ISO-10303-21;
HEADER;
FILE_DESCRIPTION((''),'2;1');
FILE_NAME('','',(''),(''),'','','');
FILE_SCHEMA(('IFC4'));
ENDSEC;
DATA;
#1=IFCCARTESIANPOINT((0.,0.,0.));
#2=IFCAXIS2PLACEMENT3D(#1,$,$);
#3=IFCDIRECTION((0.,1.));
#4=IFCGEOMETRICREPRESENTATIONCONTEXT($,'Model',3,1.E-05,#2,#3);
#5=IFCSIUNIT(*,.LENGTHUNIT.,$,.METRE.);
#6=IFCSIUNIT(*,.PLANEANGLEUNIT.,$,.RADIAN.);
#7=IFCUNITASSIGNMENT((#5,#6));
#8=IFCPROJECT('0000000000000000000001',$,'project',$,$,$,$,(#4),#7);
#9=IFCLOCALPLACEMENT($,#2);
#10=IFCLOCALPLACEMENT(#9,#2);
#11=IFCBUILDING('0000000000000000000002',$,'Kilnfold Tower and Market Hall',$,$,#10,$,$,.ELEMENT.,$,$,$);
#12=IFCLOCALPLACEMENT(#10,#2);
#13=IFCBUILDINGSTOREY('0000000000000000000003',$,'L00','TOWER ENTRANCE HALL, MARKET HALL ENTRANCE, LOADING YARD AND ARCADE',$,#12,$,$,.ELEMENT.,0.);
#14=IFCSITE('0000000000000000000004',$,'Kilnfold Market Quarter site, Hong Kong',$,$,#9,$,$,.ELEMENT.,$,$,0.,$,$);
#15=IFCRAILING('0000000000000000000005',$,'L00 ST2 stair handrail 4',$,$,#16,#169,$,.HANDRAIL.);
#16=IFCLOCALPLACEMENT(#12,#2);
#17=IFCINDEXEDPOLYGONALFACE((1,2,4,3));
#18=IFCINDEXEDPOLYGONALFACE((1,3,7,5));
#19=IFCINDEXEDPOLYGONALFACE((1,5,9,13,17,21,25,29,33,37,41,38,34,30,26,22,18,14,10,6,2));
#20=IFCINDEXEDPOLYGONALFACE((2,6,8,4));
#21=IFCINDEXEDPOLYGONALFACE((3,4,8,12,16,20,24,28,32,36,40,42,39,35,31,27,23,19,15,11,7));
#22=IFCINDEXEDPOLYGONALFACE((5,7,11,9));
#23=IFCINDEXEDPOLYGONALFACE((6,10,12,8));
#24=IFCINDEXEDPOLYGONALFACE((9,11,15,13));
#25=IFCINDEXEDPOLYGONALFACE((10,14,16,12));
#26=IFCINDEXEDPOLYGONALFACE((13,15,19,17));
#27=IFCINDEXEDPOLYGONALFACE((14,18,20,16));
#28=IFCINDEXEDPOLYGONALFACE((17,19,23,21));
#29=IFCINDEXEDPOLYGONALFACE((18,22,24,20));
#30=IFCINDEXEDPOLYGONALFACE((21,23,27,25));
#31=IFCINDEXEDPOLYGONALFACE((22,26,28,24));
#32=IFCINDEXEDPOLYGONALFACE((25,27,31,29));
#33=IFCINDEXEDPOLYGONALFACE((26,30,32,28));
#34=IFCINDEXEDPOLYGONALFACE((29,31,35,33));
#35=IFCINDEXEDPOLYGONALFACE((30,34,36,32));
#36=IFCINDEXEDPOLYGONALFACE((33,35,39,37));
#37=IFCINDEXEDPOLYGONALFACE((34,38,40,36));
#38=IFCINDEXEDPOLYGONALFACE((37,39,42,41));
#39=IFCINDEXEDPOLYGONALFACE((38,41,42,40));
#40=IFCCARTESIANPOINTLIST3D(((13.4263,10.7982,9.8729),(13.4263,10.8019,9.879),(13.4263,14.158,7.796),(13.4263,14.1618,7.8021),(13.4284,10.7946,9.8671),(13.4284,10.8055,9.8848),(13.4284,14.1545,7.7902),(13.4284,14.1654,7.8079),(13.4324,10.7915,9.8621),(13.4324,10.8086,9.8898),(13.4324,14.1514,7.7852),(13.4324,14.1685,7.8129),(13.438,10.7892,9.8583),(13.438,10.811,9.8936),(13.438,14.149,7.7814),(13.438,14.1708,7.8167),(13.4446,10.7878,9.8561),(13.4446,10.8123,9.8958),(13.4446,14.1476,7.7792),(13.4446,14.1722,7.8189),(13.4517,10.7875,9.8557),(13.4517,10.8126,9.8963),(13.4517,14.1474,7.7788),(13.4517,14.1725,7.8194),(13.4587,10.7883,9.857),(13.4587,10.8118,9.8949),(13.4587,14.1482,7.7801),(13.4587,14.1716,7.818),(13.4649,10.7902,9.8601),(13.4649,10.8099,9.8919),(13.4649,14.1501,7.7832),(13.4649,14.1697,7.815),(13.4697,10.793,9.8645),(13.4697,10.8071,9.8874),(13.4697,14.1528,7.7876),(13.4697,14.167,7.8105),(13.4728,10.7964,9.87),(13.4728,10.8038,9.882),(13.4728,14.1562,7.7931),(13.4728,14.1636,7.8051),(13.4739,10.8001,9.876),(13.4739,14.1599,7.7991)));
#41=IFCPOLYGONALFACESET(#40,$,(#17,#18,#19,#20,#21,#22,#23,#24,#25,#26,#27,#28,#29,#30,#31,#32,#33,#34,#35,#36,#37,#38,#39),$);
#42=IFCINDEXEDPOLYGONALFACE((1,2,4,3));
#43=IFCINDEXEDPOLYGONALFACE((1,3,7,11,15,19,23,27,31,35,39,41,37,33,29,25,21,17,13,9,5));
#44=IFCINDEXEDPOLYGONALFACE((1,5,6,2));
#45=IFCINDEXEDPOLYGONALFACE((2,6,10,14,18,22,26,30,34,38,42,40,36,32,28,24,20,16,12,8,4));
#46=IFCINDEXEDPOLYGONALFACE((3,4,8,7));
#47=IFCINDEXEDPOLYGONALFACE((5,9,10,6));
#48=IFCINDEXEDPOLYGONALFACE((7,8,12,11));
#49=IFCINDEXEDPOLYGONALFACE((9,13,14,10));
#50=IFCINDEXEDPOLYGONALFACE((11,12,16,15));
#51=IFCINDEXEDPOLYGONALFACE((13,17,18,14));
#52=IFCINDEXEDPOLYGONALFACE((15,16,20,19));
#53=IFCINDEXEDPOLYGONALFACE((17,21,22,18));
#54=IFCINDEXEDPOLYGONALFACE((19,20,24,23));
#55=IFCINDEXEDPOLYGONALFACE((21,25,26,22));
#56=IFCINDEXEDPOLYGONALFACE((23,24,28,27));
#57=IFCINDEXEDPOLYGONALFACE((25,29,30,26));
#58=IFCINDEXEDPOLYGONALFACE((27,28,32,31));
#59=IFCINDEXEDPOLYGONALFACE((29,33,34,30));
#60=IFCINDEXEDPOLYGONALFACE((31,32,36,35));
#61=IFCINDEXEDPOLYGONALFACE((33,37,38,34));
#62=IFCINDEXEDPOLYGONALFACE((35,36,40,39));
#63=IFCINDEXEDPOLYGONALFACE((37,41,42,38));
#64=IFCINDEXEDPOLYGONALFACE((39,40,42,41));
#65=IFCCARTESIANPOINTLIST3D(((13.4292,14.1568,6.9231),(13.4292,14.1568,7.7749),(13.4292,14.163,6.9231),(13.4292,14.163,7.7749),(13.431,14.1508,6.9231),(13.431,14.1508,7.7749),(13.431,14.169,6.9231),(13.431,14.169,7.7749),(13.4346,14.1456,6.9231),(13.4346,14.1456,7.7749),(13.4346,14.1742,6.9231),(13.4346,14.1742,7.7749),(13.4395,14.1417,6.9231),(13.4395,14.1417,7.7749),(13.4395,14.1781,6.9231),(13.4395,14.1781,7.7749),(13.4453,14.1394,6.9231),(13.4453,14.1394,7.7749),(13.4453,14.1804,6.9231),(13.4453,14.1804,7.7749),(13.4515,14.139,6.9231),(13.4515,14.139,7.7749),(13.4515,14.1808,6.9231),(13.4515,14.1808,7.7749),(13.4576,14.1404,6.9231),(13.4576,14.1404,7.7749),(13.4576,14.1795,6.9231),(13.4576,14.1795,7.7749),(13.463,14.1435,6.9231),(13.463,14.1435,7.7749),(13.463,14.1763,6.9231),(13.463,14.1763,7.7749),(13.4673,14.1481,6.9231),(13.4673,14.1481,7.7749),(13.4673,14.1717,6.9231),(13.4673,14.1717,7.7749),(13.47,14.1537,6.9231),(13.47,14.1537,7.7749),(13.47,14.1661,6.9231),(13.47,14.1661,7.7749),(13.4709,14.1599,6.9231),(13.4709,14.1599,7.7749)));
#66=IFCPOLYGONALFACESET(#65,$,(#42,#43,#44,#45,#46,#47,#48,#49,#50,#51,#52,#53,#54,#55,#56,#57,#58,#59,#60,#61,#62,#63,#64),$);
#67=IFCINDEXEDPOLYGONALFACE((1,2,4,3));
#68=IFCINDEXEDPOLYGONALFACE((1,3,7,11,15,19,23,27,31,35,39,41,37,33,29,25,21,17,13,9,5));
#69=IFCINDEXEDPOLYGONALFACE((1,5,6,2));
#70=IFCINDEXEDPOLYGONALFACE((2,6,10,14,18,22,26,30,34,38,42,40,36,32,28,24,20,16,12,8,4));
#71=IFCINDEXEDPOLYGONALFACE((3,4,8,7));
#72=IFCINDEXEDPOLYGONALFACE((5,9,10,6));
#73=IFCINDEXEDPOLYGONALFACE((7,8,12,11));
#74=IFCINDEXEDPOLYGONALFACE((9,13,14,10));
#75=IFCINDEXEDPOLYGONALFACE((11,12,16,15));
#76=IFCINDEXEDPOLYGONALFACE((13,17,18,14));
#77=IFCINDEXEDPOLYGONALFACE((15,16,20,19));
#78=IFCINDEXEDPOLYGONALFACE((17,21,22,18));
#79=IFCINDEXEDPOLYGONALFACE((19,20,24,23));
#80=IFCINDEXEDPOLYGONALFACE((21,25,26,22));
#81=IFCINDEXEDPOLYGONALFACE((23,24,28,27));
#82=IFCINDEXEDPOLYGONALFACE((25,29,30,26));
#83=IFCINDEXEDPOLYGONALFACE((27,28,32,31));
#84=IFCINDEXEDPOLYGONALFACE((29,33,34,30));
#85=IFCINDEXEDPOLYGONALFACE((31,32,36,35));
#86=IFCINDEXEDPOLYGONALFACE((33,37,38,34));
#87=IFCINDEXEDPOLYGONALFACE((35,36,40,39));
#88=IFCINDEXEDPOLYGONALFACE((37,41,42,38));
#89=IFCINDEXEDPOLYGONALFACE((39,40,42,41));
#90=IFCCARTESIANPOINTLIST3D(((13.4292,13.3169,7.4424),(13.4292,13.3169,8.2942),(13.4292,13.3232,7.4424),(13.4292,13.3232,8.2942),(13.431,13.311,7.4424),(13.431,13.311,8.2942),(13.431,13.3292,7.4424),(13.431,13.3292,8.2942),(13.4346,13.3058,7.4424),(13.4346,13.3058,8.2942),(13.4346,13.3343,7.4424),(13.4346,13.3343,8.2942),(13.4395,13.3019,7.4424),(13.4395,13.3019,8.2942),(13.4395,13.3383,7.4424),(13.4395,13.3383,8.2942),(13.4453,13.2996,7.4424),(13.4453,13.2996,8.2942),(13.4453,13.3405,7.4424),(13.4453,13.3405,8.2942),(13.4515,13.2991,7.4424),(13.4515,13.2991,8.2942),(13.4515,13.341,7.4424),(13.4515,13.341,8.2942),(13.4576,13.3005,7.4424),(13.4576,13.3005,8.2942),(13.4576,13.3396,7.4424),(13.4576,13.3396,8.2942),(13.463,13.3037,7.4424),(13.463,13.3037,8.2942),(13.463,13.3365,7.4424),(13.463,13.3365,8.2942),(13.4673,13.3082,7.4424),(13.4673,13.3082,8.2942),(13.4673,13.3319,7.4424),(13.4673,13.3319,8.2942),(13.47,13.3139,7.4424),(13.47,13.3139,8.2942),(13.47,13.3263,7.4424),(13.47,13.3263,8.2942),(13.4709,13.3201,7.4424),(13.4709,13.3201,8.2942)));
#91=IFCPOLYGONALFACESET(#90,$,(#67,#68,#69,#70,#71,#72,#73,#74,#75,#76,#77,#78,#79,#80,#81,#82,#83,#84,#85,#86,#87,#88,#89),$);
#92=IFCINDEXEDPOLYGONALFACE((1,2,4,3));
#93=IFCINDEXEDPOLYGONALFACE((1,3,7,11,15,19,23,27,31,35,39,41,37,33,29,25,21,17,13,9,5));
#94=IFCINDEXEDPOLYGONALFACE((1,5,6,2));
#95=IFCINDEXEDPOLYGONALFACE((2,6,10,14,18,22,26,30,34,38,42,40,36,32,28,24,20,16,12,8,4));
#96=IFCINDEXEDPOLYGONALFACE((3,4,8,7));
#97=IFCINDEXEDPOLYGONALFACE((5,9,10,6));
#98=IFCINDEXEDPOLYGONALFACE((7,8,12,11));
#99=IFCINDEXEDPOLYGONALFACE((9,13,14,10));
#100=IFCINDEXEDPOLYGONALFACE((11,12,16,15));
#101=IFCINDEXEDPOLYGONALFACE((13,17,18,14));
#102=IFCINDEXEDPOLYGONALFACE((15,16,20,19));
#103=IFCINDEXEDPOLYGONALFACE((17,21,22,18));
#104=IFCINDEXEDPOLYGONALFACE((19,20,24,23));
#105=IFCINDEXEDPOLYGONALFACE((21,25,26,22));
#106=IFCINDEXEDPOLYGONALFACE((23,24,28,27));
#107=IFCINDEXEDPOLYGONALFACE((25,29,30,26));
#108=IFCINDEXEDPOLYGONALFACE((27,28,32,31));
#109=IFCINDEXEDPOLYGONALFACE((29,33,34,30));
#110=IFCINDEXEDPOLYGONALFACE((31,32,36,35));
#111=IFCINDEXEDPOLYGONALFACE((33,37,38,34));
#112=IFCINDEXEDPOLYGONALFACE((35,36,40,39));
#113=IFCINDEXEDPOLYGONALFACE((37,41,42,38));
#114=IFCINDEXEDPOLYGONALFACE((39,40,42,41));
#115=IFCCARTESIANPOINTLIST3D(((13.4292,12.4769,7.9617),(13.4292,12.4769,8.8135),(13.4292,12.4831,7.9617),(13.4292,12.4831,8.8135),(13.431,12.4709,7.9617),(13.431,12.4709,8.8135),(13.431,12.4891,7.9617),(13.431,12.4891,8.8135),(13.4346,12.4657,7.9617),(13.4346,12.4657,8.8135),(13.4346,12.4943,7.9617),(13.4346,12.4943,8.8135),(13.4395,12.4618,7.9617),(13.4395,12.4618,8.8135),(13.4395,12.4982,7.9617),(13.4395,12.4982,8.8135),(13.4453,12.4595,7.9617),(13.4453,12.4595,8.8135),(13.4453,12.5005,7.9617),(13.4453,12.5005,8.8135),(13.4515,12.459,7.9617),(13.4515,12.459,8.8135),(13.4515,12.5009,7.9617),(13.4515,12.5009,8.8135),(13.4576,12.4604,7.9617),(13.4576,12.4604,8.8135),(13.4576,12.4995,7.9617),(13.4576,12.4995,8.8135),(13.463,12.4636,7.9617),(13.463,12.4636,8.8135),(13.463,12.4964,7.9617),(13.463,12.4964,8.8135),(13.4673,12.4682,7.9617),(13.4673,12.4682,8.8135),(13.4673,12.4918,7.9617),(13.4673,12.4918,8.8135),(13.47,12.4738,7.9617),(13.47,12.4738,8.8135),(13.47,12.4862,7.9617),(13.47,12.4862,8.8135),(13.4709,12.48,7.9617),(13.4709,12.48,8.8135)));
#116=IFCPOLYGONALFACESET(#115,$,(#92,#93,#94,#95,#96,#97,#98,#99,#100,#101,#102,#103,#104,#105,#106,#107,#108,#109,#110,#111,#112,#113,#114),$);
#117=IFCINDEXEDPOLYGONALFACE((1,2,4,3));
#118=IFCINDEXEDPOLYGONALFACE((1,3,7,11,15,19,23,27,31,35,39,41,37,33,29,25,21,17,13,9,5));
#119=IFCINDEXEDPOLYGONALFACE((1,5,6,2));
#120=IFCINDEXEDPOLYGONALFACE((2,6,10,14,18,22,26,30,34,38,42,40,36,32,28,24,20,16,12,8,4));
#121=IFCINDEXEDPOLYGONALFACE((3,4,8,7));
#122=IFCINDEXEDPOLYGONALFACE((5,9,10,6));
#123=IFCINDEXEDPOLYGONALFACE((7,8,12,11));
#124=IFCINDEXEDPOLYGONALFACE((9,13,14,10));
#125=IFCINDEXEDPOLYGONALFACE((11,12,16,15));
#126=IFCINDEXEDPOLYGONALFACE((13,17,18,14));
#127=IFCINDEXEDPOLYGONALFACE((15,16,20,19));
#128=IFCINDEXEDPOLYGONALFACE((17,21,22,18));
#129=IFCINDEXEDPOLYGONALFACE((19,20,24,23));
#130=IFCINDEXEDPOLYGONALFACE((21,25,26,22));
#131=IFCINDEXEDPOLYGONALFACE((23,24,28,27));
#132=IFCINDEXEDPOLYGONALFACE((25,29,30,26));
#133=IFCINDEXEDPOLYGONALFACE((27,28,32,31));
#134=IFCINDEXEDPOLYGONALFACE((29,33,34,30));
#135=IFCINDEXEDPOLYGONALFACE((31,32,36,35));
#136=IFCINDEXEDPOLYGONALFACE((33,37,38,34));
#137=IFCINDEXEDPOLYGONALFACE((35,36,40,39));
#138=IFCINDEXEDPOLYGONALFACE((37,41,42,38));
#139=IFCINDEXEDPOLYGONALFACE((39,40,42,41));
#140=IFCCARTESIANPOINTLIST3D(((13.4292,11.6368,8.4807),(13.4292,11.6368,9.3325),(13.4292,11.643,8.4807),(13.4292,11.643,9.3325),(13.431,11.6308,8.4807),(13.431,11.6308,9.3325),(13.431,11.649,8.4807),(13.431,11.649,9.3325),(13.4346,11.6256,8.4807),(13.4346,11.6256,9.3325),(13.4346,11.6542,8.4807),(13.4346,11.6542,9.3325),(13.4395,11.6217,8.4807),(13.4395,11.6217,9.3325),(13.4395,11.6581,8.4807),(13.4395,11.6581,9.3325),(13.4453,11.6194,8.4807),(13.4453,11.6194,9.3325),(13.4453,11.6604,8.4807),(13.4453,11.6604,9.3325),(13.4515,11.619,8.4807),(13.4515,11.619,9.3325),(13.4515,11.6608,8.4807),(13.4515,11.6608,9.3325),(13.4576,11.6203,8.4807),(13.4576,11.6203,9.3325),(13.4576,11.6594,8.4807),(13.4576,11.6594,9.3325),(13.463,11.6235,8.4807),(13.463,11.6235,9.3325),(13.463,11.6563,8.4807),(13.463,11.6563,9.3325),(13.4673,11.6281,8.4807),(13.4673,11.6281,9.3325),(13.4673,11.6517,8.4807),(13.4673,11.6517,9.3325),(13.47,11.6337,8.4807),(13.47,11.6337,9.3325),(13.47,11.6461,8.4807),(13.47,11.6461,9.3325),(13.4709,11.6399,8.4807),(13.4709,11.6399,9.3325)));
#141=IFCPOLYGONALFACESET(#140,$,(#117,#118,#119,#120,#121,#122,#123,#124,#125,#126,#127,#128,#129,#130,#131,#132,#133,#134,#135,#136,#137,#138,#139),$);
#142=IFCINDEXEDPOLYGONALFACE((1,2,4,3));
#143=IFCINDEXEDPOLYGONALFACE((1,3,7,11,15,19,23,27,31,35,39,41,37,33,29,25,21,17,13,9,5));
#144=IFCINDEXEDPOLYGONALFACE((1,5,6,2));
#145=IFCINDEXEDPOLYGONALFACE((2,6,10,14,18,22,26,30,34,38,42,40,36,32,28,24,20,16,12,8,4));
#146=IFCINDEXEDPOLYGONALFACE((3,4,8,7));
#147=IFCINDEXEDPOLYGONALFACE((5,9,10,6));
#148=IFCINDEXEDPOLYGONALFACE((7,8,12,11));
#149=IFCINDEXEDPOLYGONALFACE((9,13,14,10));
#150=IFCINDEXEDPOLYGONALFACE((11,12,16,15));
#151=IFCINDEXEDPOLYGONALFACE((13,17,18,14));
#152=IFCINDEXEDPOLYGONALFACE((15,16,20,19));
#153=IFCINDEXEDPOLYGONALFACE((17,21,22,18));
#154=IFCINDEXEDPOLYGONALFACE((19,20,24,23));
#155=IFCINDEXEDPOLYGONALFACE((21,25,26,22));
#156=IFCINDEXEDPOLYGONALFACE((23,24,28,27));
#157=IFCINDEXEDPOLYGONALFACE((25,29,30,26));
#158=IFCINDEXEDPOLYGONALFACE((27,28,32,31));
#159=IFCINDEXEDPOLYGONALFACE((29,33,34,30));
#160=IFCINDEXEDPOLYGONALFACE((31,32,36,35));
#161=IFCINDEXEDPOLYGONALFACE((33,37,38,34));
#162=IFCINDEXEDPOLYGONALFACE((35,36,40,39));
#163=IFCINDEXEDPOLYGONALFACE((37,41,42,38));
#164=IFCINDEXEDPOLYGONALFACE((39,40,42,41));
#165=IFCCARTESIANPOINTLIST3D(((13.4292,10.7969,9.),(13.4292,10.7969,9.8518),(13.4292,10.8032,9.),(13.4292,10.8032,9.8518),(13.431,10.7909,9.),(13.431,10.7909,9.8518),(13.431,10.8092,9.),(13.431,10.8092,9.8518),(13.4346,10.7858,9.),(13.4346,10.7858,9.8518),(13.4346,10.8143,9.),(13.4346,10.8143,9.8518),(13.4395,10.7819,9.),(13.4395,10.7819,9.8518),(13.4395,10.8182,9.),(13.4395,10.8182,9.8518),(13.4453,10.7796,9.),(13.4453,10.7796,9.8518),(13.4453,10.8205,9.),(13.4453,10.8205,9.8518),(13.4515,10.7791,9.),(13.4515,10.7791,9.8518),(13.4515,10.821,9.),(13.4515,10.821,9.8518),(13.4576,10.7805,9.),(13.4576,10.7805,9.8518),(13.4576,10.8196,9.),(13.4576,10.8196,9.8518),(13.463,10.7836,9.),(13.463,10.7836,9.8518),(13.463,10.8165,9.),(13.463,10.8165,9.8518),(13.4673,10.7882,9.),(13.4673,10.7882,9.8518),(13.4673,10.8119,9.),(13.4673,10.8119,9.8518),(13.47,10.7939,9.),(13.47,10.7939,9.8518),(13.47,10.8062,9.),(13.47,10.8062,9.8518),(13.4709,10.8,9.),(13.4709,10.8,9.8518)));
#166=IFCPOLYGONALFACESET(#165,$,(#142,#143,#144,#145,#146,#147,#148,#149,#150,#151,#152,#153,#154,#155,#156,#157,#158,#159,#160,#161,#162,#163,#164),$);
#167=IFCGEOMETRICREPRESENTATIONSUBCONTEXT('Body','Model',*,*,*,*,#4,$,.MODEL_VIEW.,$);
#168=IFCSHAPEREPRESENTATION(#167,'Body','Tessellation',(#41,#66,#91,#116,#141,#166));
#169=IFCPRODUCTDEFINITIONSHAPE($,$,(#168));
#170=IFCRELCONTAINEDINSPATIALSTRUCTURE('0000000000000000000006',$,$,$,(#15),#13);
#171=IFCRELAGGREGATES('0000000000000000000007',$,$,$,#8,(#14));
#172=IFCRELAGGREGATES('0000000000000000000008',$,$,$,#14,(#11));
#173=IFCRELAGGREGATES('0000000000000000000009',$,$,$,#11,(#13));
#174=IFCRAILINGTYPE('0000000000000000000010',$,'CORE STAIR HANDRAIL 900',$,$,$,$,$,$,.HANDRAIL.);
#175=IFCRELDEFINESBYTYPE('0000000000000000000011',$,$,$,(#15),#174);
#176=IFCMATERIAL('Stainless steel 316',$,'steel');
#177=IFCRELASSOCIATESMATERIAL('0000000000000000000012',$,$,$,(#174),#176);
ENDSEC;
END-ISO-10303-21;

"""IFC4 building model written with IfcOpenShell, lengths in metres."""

from ifc_helpers import new_model, si_unit, direction, frame, origin, origin_2d, place, context, subcontext, project, spatial, circle, extrude, material, type_object, element, save


model = new_model("IFC4")

# Units and contexts
model_context = context("Model", 3, precision=1e-05, world=origin(), true_north=direction((0.0, 1.0)))
body_context = subcontext(model_context, "Body", "Model", "MODEL_VIEW")
ifc_project = project(units=[si_unit("LENGTHUNIT", "METRE"), si_unit("PLANEANGLEUNIT", "RADIAN")], contexts=[model_context])

# Site, building, storey
site_placement = place(None, origin())
site = spatial("IfcSite", under=ifc_project, at=site_placement, Name="Kilnfold Market Quarter site, Hong Kong", CompositionType="ELEMENT", RefElevation=0.0)
building_placement = place(site_placement, origin())
building = spatial("IfcBuilding", under=site, at=building_placement, Name="Kilnfold Tower and Market Hall", CompositionType="ELEMENT")
storey_placement = place(building_placement, origin())
storey = spatial("IfcBuildingStorey", under=building, at=storey_placement, Name="L00", Description="TOWER ENTRANCE HALL, MARKET HALL ENTRANCE, LOADING YARD AND ARCADE", CompositionType="ELEMENT", Elevation=0.0)

# Railing
ifc_material_1 = material(Name="Stainless steel 316", Category="steel")
railing_type_1 = type_object("IfcRailingType", Name="CORE STAIR HANDRAIL 900", PredefinedType="HANDRAIL", material=ifc_material_1)
railing_1_placement = place(storey_placement, frame((13.45, 14.1599, 6.9231)))
element("IfcRailing", 1, at=railing_1_placement, inside=storey, type_object=railing_type_1, Name="L00 ST2 stair handrail 4", PredefinedType="HANDRAIL", context=body_context, shape_type="SweptSolid", body=[
    extrude(circle(Radius=0.0239, at=origin_2d()), frame((0.0, 0.0, 0.876), z_axis=(0.0, -0.850606, 0.525803), x_axis=(1.0, 0.0, 0.0)), (0.0, 0.0, 1.0), 3.95),
    extrude(circle(Radius=0.021, at=origin_2d()), origin(), (0.0, 0.0, 1.0), 0.8518),
    extrude(circle(Radius=0.021, at=origin_2d()), frame((0.0, -0.8398, 0.5193)), (0.0, 0.0, 1.0), 0.8518),
    extrude(circle(Radius=0.021, at=origin_2d()), frame((0.0, -1.6799, 1.0386)), (0.0, 0.0, 1.0), 0.8518),
    extrude(circle(Radius=0.021, at=origin_2d()), frame((0.0, -2.52, 1.5576)), (0.0, 0.0, 1.0), 0.8518),
    extrude(circle(Radius=0.021, at=origin_2d()), frame((0.0, -3.3599, 2.0769)), (0.0, 0.0, 1.0), 0.8518),
])

save(model, "model.ifc")
